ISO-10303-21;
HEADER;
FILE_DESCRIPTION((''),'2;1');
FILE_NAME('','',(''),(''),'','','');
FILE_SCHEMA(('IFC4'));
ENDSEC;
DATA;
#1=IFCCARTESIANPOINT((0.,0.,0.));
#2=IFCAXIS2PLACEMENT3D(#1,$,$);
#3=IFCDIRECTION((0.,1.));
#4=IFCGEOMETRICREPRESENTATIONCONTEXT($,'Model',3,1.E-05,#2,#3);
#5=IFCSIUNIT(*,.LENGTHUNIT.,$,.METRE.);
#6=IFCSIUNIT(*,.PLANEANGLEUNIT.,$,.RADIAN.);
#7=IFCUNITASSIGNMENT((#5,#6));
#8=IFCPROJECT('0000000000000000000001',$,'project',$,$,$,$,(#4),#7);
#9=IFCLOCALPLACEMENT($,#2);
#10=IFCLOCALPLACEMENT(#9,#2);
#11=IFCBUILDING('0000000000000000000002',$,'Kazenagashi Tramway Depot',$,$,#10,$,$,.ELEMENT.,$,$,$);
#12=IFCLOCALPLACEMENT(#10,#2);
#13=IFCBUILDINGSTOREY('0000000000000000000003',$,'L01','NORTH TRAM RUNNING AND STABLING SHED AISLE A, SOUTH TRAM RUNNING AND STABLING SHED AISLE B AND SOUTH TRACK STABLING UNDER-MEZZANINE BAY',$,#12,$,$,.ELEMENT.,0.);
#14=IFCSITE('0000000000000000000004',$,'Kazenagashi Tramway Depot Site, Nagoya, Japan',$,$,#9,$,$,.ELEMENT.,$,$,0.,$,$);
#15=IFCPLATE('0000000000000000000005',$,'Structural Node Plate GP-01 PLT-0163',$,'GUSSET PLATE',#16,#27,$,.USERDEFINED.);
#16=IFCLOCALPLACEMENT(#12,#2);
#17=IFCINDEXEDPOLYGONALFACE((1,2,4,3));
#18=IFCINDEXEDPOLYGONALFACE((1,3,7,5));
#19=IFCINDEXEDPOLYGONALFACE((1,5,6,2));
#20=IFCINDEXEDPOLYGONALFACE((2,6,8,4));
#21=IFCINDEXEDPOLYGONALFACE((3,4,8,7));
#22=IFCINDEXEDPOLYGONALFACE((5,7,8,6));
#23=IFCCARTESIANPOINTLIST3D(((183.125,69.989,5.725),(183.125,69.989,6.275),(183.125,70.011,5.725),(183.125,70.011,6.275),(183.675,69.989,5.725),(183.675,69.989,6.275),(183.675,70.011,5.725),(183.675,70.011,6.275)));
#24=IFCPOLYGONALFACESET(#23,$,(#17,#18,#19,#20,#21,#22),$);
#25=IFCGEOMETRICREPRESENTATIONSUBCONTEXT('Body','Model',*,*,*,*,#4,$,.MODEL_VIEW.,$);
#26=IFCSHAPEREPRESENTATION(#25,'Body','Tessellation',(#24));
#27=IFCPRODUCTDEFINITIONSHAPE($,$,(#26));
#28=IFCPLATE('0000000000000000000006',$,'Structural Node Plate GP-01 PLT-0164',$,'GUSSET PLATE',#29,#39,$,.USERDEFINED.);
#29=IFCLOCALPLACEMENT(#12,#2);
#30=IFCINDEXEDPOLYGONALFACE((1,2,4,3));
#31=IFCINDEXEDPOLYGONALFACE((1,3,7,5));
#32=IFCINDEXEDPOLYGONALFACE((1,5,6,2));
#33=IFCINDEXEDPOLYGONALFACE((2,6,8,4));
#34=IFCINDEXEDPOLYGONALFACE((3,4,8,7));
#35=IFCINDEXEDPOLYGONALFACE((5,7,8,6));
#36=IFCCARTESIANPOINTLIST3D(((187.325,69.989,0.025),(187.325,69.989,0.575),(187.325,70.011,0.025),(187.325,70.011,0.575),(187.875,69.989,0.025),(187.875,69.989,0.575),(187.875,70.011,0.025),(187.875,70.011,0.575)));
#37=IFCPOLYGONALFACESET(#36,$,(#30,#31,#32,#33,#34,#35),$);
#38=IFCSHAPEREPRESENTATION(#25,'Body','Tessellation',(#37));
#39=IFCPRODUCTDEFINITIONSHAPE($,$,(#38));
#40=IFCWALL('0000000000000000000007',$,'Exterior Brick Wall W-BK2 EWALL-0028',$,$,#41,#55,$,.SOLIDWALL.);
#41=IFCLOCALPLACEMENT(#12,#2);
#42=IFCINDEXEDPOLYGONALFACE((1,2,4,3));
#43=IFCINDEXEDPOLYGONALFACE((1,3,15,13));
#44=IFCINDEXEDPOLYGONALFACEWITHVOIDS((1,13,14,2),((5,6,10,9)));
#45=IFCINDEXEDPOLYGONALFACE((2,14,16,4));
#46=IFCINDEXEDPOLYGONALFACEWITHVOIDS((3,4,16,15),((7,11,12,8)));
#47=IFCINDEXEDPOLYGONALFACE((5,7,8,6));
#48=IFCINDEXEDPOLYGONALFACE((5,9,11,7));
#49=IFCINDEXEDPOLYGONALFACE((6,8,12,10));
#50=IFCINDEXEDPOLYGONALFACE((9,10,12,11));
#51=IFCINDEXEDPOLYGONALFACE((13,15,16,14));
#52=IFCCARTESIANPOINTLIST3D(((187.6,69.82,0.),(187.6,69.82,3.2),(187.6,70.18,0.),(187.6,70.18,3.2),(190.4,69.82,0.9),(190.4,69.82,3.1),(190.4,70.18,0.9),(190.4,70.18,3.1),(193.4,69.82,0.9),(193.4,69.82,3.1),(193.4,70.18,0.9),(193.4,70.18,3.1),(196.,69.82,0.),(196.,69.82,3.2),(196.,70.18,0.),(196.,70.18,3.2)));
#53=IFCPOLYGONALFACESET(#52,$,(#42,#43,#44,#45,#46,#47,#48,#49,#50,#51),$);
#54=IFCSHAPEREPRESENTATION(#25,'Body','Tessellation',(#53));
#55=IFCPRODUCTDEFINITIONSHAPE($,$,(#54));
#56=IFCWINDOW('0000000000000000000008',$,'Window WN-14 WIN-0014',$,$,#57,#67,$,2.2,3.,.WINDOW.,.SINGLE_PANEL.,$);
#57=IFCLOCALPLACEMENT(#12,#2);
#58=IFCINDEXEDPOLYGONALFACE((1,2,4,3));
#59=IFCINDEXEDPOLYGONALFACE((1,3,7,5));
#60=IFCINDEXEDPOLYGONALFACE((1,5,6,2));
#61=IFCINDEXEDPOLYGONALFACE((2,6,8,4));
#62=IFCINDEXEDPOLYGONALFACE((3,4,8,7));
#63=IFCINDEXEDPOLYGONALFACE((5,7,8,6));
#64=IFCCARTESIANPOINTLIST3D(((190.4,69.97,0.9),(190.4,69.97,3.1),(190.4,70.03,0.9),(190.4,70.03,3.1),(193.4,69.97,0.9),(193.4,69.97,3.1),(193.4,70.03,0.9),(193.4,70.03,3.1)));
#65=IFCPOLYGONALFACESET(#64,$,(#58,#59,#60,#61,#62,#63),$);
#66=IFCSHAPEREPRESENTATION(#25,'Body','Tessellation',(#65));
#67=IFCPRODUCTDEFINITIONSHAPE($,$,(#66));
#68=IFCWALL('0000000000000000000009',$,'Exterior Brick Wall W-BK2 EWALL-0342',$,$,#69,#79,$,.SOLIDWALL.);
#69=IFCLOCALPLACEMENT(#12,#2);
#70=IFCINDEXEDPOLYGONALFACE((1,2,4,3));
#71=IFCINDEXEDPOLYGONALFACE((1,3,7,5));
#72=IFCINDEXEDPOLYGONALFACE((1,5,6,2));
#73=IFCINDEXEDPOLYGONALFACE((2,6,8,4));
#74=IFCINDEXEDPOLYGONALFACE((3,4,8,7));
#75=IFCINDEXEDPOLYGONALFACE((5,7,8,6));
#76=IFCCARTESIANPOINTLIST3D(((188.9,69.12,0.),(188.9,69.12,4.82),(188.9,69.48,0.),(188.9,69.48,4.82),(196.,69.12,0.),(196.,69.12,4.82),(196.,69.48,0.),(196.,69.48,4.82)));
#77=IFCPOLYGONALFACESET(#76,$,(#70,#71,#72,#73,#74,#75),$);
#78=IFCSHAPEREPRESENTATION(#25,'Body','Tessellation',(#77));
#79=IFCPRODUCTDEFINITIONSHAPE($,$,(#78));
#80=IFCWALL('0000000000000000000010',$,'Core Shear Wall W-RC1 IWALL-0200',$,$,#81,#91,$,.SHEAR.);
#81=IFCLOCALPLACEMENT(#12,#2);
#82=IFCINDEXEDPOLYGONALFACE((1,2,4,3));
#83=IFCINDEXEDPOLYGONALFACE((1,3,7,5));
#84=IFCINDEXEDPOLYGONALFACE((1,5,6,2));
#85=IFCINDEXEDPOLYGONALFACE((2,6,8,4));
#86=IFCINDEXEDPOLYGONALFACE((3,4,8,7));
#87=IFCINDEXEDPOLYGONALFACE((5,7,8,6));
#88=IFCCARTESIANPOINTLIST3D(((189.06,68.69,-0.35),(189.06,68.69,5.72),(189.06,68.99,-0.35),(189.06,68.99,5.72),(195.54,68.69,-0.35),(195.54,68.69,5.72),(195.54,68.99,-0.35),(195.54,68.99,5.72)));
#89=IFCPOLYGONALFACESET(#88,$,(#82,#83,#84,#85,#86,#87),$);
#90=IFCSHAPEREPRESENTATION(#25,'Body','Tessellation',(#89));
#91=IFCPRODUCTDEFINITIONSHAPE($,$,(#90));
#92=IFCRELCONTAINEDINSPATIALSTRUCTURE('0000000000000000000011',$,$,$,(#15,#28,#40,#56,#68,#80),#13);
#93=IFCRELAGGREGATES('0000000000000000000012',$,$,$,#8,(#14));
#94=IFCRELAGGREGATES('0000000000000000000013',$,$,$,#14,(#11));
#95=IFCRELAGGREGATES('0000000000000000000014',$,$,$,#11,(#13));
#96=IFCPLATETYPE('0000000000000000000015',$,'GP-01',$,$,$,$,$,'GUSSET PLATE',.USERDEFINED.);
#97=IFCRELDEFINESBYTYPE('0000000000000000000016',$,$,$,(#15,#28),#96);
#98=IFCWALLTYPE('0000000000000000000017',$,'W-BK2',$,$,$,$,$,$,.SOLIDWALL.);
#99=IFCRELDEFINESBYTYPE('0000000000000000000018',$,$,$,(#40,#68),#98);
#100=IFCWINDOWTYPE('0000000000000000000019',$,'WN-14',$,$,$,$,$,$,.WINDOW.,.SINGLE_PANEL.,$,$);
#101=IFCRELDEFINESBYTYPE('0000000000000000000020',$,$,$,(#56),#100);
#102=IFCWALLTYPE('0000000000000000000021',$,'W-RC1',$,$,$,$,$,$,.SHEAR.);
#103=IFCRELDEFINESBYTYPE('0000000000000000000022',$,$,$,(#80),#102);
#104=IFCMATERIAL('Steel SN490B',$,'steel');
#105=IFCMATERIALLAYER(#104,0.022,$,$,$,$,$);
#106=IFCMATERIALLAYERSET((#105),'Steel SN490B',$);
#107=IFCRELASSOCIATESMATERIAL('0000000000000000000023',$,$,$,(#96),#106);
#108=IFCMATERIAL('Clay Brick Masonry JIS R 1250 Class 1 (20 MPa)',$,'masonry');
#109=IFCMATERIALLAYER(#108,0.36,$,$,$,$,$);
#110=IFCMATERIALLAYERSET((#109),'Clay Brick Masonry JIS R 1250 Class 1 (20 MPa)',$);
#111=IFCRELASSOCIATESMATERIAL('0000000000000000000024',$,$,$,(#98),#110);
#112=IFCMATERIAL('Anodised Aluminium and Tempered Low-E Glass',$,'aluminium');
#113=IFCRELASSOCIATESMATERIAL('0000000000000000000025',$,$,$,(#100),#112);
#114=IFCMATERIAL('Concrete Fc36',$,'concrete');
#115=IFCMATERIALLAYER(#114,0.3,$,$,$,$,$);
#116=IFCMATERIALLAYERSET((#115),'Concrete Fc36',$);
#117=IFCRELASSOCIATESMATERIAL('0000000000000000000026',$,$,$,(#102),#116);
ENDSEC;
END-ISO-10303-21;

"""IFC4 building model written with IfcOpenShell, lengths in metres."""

from ifc_helpers import new_model, si_unit, direction, frame, frame_2d, origin, origin_2d, place, context, subcontext, project, spatial, rectangle, extrude, material, layer, layer_set, type_object, element, fill, save


model = new_model("IFC4")

# Units and contexts
model_context = context("Model", 3, precision=1e-05, world=origin(), true_north=direction((0.0, 1.0)))
body_context = subcontext(model_context, "Body", "Model", "MODEL_VIEW")
ifc_project = project(units=[si_unit("LENGTHUNIT", "METRE"), si_unit("PLANEANGLEUNIT", "RADIAN")], contexts=[model_context])

# Site, building, storey
site_placement = place(None, origin())
site = spatial("IfcSite", under=ifc_project, at=site_placement, Name="Kazenagashi Tramway Depot Site, Nagoya, Japan", CompositionType="ELEMENT", RefElevation=0.0)
building_placement = place(site_placement, origin())
building = spatial("IfcBuilding", under=site, at=building_placement, Name="Kazenagashi Tramway Depot", CompositionType="ELEMENT")
storey_placement = place(building_placement, origin())
storey = spatial("IfcBuildingStorey", under=building, at=storey_placement, Name="L01", Description="NORTH TRAM RUNNING AND STABLING SHED AISLE A, SOUTH TRAM RUNNING AND STABLING SHED AISLE B AND SOUTH TRACK STABLING UNDER-MEZZANINE BAY", CompositionType="ELEMENT", Elevation=0.0)

# Shared definitions
ifc_material_1 = material(Name="Steel SN490B", Category="steel")

# Plates
ifc_layer_1 = layer(ifc_material_1, 0.022)
ifc_layer_set_1 = layer_set([ifc_layer_1], Name="Steel SN490B")
plate_type_1 = type_object("IfcPlateType", Name="GP-01", ElementType="GUSSET PLATE", PredefinedType="USERDEFINED", material=ifc_layer_set_1)
for number, where, z_axis, x_axis, name in (
    (1, (183.4, 70.0, 5.725), (0.0, 0.0, 1.0), (1.0, 0.0, 0.0), "Structural Node Plate GP-01 PLT-0163"),
    (2, (187.6, 70.0, 0.025), (0.0, 0.0, 1.0), (1.0, 0.0, 0.0), "Structural Node Plate GP-01 PLT-0164"),
):
    element("IfcPlate", number, at=place(storey_placement, frame(where, z_axis=z_axis, x_axis=x_axis)), inside=storey, type_object=plate_type_1, Name=name, ObjectType="GUSSET PLATE", PredefinedType="USERDEFINED", context=body_context, shape_type="SweptSolid", body=[
        extrude(rectangle(XDim=0.55, YDim=0.022, at=origin_2d()), origin(), (0.0, 0.0, 1.0), 0.55),
    ])

# Wall, opening, window
ifc_material_2 = material(Name="Clay Brick Masonry JIS R 1250 Class 1 (20 MPa)", Category="masonry")
ifc_layer_2 = layer(ifc_material_2, 0.36)
ifc_layer_set_2 = layer_set([ifc_layer_2], Name="Clay Brick Masonry JIS R 1250 Class 1 (20 MPa)")
wall_type_1 = type_object("IfcWallType", Name="W-BK2", PredefinedType="SOLIDWALL", material=ifc_layer_set_2)
wall_1_placement = place(storey_placement, frame((187.6, 70.0, 0.0), z_axis=(0.0, 0.0, 1.0), x_axis=(1.0, 0.0, 0.0)))
wall_1 = element("IfcWall", 3, at=wall_1_placement, inside=storey, type_object=wall_type_1, Name="Exterior Brick Wall W-BK2 EWALL-0028", PredefinedType="SOLIDWALL", context=body_context, shape_type="SweptSolid", body=[
    extrude(rectangle(XDim=8.4, YDim=0.36, at=frame_2d((4.2, 0.0))), origin(), (0.0, 0.0, 1.0), 3.2),
])
opening_placement = place(wall_1_placement, frame((2.8, 0.0, 0.9)))
opening = element("IfcOpeningElement", 4, at=opening_placement, cuts=wall_1, PredefinedType="OPENING", context=body_context, shape_type="SweptSolid", body=[
    extrude(rectangle(XDim=3.0, YDim=2.2, at=frame_2d((1.5, 1.1))), frame((0.0, 0.19, 0.0), z_axis=(0.0, -1.0, 0.0), x_axis=(1.0, 0.0, 0.0)), (0.0, 0.0, 1.0), 0.38),
])
ifc_material_3 = material(Name="Anodised Aluminium and Tempered Low-E Glass", Category="aluminium")
window_type = type_object("IfcWindowType", Name="WN-14", PartitioningType="SINGLE_PANEL", PredefinedType="WINDOW", material=ifc_material_3)
window_placement = place(opening_placement, origin())
window = element("IfcWindow", 5, at=window_placement, inside=storey, type_object=window_type, Name="Window WN-14 WIN-0014", OverallHeight=2.2, OverallWidth=3.0, PartitioningType="SINGLE_PANEL", PredefinedType="WINDOW", context=body_context, shape_type="SweptSolid", body=[
    extrude(rectangle(XDim=3.0, YDim=2.2, at=frame_2d((1.5, 1.1))), frame((0.0, 0.03, 0.0), z_axis=(0.0, -1.0, 0.0), x_axis=(1.0, 0.0, 0.0)), (0.0, 0.0, 1.0), 0.06),
])
fill(opening, window)

# Walls
wall_2_placement = place(storey_placement, frame((188.9, 69.3, 0.0), z_axis=(0.0, 0.0, 1.0), x_axis=(1.0, 0.0, 0.0)))
element("IfcWall", 6, at=wall_2_placement, inside=storey, type_object=wall_type_1, Name="Exterior Brick Wall W-BK2 EWALL-0342", PredefinedType="SOLIDWALL", context=body_context, shape_type="SweptSolid", body=[
    extrude(rectangle(XDim=7.1, YDim=0.36, at=frame_2d((3.55, 0.0))), origin(), (0.0, 0.0, 1.0), 4.82),
])
ifc_material_4 = material(Name="Concrete Fc36", Category="concrete")
ifc_layer_3 = layer(ifc_material_4, 0.3)
ifc_layer_set_3 = layer_set([ifc_layer_3], Name="Concrete Fc36")
wall_type_2 = type_object("IfcWallType", Name="W-RC1", PredefinedType="SHEAR", material=ifc_layer_set_3)
wall_3_placement = place(storey_placement, frame((189.06, 68.84, -0.35), z_axis=(0.0, 0.0, 1.0), x_axis=(1.0, 0.0, 0.0)))
element("IfcWall", 7, at=wall_3_placement, inside=storey, type_object=wall_type_2, Name="Core Shear Wall W-RC1 IWALL-0200", PredefinedType="SHEAR", context=body_context, shape_type="SweptSolid", body=[
    extrude(rectangle(XDim=6.48, YDim=0.3, at=frame_2d((3.24, 0.0))), origin(), (0.0, 0.0, 1.0), 6.07),
])

save(model, "model.ifc")
